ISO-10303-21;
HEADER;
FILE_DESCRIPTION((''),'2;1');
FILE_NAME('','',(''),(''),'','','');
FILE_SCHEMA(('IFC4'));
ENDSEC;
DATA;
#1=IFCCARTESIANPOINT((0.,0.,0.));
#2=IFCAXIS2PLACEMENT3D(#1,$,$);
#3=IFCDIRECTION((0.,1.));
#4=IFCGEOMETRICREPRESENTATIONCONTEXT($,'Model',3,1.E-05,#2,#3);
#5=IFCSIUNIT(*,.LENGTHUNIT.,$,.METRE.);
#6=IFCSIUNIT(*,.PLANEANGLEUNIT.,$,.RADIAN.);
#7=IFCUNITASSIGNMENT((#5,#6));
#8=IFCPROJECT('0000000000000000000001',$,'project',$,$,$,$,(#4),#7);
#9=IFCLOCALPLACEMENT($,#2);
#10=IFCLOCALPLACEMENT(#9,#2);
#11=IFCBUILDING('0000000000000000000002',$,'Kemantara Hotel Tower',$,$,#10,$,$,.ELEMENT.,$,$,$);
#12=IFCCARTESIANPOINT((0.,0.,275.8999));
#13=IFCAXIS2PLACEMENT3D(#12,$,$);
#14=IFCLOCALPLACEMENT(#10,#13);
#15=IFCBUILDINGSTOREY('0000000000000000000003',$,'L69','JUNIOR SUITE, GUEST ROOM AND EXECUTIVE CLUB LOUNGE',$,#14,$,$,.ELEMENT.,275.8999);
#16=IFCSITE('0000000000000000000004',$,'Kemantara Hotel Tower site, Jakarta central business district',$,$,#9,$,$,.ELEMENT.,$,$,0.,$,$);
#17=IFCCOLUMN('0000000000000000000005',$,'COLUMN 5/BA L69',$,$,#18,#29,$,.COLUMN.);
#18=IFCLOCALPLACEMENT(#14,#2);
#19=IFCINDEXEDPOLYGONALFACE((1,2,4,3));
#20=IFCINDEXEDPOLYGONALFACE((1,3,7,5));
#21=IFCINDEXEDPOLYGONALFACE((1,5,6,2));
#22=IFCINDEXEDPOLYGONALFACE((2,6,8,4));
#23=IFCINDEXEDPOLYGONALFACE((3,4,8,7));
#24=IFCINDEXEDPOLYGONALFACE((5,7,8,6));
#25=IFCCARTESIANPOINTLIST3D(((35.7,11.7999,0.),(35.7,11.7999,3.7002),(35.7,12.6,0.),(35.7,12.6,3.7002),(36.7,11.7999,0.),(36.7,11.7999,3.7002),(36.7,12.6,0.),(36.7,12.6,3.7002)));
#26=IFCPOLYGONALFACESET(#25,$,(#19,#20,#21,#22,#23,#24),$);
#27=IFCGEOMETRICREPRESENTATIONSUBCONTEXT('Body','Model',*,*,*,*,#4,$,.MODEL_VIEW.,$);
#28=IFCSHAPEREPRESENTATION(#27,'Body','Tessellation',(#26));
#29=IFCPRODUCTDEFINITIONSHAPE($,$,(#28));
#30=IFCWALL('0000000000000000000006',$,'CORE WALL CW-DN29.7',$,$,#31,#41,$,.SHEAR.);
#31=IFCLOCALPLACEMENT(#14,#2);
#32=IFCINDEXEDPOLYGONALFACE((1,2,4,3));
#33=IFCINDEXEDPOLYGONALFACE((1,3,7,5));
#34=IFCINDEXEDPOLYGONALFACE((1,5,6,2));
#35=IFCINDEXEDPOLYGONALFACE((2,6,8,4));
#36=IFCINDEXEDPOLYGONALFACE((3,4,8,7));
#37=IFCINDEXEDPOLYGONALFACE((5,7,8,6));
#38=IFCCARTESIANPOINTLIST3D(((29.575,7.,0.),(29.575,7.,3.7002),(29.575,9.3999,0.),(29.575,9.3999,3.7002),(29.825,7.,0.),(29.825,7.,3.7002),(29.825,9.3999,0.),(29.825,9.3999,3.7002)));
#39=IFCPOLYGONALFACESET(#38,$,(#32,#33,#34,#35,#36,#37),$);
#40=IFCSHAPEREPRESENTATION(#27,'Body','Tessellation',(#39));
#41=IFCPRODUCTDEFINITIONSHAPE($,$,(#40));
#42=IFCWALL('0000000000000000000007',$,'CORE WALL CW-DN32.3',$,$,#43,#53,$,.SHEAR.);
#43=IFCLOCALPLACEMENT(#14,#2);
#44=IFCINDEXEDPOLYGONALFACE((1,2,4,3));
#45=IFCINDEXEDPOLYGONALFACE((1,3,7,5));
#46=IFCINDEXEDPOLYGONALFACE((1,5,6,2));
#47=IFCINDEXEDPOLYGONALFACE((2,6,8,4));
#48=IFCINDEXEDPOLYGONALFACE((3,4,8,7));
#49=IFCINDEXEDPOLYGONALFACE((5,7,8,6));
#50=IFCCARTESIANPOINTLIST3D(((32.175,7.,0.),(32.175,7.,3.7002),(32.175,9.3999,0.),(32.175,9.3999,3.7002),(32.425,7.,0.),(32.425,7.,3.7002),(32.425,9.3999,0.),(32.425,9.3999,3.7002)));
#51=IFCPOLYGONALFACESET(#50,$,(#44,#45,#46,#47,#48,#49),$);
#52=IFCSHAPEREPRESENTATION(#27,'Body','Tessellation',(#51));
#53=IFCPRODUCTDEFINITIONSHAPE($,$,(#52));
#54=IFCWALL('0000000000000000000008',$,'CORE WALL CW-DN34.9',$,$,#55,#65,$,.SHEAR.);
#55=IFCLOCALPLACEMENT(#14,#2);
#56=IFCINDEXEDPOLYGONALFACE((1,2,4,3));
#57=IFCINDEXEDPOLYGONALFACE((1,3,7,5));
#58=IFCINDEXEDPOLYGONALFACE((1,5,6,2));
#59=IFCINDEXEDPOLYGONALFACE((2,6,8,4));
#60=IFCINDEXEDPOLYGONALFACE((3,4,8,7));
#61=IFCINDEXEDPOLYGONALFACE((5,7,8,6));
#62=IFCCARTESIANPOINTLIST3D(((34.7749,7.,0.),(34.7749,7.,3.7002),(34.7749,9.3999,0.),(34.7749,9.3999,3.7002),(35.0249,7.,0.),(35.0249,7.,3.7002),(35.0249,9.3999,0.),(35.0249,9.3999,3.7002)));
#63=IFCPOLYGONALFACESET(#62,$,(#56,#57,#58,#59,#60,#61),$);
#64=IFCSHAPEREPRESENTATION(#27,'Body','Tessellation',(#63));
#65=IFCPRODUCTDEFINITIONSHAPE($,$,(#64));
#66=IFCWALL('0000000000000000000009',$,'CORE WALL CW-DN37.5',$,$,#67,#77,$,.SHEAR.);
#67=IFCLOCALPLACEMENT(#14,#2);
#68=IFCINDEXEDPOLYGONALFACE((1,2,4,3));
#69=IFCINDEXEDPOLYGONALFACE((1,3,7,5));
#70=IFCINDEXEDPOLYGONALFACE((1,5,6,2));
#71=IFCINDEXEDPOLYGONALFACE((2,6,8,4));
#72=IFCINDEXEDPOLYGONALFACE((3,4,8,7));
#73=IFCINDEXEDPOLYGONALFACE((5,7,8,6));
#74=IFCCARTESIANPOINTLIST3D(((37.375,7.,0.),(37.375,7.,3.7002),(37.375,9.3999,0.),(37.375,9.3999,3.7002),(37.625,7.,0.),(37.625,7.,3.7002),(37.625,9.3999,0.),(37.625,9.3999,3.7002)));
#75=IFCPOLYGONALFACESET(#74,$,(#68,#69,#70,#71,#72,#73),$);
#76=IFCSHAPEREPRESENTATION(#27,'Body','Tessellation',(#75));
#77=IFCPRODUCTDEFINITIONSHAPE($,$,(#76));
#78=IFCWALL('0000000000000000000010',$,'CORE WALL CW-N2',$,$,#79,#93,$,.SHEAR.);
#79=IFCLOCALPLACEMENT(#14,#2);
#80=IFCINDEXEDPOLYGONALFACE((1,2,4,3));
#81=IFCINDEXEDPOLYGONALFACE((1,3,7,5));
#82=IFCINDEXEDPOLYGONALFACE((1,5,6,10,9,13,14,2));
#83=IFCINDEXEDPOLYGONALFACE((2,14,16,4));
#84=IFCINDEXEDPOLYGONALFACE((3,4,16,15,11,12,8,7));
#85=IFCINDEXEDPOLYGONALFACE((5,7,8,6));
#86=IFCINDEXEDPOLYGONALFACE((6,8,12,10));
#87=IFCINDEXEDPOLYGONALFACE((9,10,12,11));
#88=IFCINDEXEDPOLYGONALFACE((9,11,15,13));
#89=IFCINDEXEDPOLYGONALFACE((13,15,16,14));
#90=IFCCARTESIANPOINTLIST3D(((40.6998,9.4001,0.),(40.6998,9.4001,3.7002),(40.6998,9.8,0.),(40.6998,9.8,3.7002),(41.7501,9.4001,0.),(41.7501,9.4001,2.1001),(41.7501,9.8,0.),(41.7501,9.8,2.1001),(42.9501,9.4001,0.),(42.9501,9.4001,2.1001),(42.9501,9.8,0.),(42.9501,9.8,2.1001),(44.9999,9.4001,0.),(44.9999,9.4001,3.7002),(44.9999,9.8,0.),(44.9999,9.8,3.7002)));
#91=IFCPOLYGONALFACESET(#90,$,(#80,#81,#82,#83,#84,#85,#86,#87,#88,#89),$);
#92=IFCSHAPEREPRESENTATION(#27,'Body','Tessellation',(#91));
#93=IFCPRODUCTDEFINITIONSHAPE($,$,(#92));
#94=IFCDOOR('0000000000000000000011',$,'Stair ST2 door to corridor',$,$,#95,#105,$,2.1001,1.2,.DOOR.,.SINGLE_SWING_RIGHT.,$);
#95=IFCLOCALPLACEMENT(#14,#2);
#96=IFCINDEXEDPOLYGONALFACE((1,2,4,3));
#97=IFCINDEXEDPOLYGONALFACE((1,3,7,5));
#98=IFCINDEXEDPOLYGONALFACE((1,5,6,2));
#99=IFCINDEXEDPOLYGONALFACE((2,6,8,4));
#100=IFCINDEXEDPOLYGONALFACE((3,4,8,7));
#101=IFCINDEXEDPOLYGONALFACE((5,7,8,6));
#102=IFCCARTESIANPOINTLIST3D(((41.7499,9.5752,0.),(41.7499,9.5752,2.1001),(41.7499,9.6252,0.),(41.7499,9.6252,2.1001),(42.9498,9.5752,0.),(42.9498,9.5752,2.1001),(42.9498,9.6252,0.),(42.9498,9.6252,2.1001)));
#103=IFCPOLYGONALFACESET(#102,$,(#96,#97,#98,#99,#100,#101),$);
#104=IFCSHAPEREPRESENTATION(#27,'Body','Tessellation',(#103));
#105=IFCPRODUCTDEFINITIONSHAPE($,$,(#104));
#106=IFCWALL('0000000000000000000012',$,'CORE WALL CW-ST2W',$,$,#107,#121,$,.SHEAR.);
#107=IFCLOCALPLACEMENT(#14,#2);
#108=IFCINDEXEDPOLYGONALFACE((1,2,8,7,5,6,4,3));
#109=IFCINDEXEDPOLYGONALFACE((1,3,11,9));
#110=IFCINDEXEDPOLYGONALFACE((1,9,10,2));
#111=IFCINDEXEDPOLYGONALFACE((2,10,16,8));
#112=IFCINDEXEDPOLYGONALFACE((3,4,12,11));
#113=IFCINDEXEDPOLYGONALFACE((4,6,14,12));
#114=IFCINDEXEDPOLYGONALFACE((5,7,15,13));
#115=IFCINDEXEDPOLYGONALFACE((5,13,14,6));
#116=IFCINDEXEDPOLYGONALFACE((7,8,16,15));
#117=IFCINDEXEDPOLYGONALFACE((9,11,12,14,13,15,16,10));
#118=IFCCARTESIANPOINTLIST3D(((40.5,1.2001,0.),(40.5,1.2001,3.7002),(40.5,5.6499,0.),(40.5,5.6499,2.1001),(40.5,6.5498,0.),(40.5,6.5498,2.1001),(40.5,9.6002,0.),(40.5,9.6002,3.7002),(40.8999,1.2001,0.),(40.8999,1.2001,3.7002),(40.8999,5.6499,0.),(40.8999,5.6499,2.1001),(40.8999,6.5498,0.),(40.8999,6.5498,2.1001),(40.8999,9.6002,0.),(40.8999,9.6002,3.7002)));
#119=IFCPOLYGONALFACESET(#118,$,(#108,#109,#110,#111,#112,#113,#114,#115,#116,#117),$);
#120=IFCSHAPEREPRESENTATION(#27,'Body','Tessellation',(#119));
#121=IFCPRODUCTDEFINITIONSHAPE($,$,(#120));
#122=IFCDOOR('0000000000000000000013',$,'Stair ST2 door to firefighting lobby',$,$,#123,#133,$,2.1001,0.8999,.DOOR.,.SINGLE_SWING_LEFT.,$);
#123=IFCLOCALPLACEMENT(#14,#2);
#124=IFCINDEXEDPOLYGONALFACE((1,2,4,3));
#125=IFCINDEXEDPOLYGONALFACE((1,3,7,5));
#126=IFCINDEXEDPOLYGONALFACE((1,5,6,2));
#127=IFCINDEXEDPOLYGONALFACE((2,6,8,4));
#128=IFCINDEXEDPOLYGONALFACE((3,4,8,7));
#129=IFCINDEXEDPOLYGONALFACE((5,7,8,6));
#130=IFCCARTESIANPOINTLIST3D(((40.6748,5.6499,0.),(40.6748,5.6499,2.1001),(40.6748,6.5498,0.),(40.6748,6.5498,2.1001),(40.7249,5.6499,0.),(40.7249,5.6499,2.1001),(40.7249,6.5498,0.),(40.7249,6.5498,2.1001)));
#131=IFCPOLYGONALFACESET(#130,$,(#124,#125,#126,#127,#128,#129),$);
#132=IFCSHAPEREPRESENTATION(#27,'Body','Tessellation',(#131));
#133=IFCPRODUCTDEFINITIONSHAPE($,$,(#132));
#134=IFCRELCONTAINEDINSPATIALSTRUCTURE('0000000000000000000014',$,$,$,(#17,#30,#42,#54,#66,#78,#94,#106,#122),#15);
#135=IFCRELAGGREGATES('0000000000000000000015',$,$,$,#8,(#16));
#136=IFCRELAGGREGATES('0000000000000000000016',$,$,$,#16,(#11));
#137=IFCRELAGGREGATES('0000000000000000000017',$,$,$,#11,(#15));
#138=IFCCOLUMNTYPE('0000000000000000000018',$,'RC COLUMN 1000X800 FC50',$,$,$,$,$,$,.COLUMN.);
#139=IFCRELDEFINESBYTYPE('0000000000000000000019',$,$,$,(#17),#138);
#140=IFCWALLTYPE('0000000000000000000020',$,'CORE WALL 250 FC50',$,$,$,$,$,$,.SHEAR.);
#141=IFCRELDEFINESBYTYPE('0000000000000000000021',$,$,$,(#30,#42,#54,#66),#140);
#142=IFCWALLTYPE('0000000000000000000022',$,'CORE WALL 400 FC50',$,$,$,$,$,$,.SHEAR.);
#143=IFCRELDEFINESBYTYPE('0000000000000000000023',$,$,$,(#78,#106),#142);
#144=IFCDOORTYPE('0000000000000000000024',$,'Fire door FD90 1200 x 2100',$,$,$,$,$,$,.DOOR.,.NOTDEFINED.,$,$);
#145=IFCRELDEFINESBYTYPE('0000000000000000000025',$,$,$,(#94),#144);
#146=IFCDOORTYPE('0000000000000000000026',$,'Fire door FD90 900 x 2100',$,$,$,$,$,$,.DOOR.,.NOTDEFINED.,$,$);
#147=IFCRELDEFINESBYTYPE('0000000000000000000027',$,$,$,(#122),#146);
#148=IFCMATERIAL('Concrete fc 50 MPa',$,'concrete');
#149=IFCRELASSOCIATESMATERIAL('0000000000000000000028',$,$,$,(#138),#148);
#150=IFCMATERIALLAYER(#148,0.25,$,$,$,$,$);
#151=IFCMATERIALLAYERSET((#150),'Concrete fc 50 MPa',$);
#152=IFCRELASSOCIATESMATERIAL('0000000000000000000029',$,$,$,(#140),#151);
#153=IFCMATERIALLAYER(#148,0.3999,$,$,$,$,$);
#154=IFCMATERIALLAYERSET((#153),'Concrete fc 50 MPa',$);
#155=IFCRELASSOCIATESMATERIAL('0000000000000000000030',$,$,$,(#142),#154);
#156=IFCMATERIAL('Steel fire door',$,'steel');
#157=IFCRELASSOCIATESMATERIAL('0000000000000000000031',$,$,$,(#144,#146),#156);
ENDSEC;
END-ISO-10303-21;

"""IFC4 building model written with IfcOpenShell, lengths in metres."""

from ifc_helpers import new_model, si_unit, direction, frame, frame_2d, origin, origin_2d, place, context, subcontext, project, spatial, rectangle, extrude, material, layer, layer_set, material_profile, profile_set, type_object, element, fill, save


model = new_model("IFC4")

# Units and contexts
model_context = context("Model", 3, precision=1e-05, world=origin(), true_north=direction((0.0, 1.0)))
body_context = subcontext(model_context, "Body", "Model", "MODEL_VIEW")
ifc_project = project(units=[si_unit("LENGTHUNIT", "METRE"), si_unit("PLANEANGLEUNIT", "RADIAN")], contexts=[model_context])

# Site, building, storey
site_placement = place(None, origin())
site = spatial("IfcSite", under=ifc_project, at=site_placement, Name="Kemantara Hotel Tower site, Jakarta central business district", CompositionType="ELEMENT", RefElevation=0.0)
building_placement = place(site_placement, origin())
building = spatial("IfcBuilding", under=site, at=building_placement, Name="Kemantara Hotel Tower", CompositionType="ELEMENT")
storey_placement = place(building_placement, frame((0.0, 0.0, 275.8999)))
storey = spatial("IfcBuildingStorey", under=building, at=storey_placement, Name="L69", Description="JUNIOR SUITE, GUEST ROOM AND EXECUTIVE CLUB LOUNGE", CompositionType="ELEMENT", Elevation=275.8999)

# Column
ifc_material_1 = material(Name="Concrete fc 50 MPa", Category="concrete")
ifc_material_profile = material_profile(ifc_material_1, rectangle(XDim=1.0, YDim=0.8, at=origin_2d()), Name="RC 1000X800")
ifc_profile_set = profile_set([ifc_material_profile], Name="Concrete fc 50 MPa")
column_type = type_object("IfcColumnType", Name="RC COLUMN 1000X800 FC50", PredefinedType="COLUMN", material=ifc_profile_set)
column_placement = place(storey_placement, frame((36.2, 12.2, 0.0), z_axis=(0.0, 0.0, 1.0), x_axis=(1.0, 0.0, 0.0)))
element("IfcColumn", 1, at=column_placement, inside=storey, type_object=column_type, Name="COLUMN 5/BA L69", PredefinedType="COLUMN", context=body_context, shape_type="SweptSolid", body=[
    extrude(rectangle(XDim=1.0, YDim=0.8, at=origin_2d()), origin(), (0.0, 0.0, 1.0), 3.7002),
])

# Walls
ifc_layer_1 = layer(ifc_material_1, 0.25)
ifc_layer_set_1 = layer_set([ifc_layer_1], Name="Concrete fc 50 MPa")
wall_type_1 = type_object("IfcWallType", Name="CORE WALL 250 FC50", PredefinedType="SHEAR", material=ifc_layer_set_1)
for number, where, z_axis, x_axis, name in (
    (2, (29.7, 7.0, 0.0), (0.0, 0.0, 1.0), (0.0, 1.0, 0.0), "CORE WALL CW-DN29.7"),
    (3, (32.3, 7.0, 0.0), (0.0, 0.0, 1.0), (0.0, 1.0, 0.0), "CORE WALL CW-DN32.3"),
    (4, (34.8999, 7.0, 0.0), (0.0, 0.0, 1.0), (0.0, 1.0, 0.0), "CORE WALL CW-DN34.9"),
    (5, (37.5, 7.0, 0.0), (0.0, 0.0, 1.0), (0.0, 1.0, 0.0), "CORE WALL CW-DN37.5"),
):
    element("IfcWall", number, at=place(storey_placement, frame(where, z_axis=z_axis, x_axis=x_axis)), inside=storey, type_object=wall_type_1, Name=name, PredefinedType="SHEAR", context=body_context, shape_type="SweptSolid", body=[
        extrude(rectangle(XDim=2.3999, YDim=0.25, at=frame_2d((1.2, 0.0))), origin(), (0.0, 0.0, 1.0), 3.7002),
    ])

# Walls, openings, doors
ifc_layer_2 = layer(ifc_material_1, 0.3999)
ifc_layer_set_2 = layer_set([ifc_layer_2], Name="Concrete fc 50 MPa")
wall_type_2 = type_object("IfcWallType", Name="CORE WALL 400 FC50", PredefinedType="SHEAR", material=ifc_layer_set_2)
wall_1_placement = place(storey_placement, frame((40.7, 9.6001, 0.0), z_axis=(0.0, 0.0, 1.0), x_axis=(1.0, 0.0, 0.0)))
wall_1 = element("IfcWall", 6, at=wall_1_placement, inside=storey, type_object=wall_type_2, Name="CORE WALL CW-N2", PredefinedType="SHEAR", context=body_context, shape_type="SweptSolid", body=[
    extrude(rectangle(XDim=4.3, YDim=0.3999, at=frame_2d((2.1499, 0.0))), origin(), (0.0, 0.0, 1.0), 3.7002),
])
opening_1_placement = place(wall_1_placement, frame((1.05, 0.0, 0.0)))
opening_1 = element("IfcOpeningElement", 7, at=opening_1_placement, cuts=wall_1, PredefinedType="OPENING", context=body_context, shape_type="SweptSolid", body=[
    extrude(rectangle(XDim=1.2, YDim=2.1001, at=frame_2d((0.6001, 1.05))), frame((0.0, 0.21, 0.0), z_axis=(0.0, -1.0, 0.0), x_axis=(1.0, 0.0, 0.0)), (0.0, 0.0, 1.0), 0.4199),
])
ifc_material_2 = material(Name="Steel fire door", Category="steel")
door_type_1 = type_object("IfcDoorType", Name="Fire door FD90 1200 x 2100", OperationType="NOTDEFINED", PredefinedType="DOOR", material=ifc_material_2)
door_1_placement = place(opening_1_placement, frame((1.2, 0.0, 0.0), z_axis=(0.0, 0.0, 1.0), x_axis=(-1.0, 0.0, 0.0)))
door_1 = element("IfcDoor", 8, at=door_1_placement, inside=storey, type_object=door_type_1, Name="Stair ST2 door to corridor", OperationType="SINGLE_SWING_RIGHT", OverallHeight=2.1001, OverallWidth=1.2, PredefinedType="DOOR", context=body_context, shape_type="SweptSolid", body=[
    extrude(rectangle(XDim=1.2, YDim=2.1001, at=frame_2d((0.6001, 1.05))), frame((0.0, 0.0249, 0.0), z_axis=(0.0, -1.0, 0.0), x_axis=(1.0, 0.0, 0.0)), (0.0, 0.0, 1.0), 0.05),
])
fill(opening_1, door_1)
wall_2_placement = place(storey_placement, frame((40.7, 1.2, 0.0), z_axis=(0.0, 0.0, 1.0), x_axis=(0.0, 1.0, 0.0)))
wall_2 = element("IfcWall", 9, at=wall_2_placement, inside=storey, type_object=wall_type_2, Name="CORE WALL CW-ST2W", PredefinedType="SHEAR", context=body_context, shape_type="SweptSolid", body=[
    extrude(rectangle(XDim=8.4001, YDim=0.3999, at=frame_2d((4.2002, 0.0))), origin(), (0.0, 0.0, 1.0), 3.7002),
])
opening_2_placement = place(wall_2_placement, frame((4.45, 0.0, 0.0)))
opening_2 = element("IfcOpeningElement", 10, at=opening_2_placement, cuts=wall_2, PredefinedType="OPENING", context=body_context, shape_type="SweptSolid", body=[
    extrude(rectangle(XDim=0.8999, YDim=2.1001, at=frame_2d((0.45, 1.05))), frame((0.0, 0.21, 0.0), z_axis=(0.0, -1.0, 0.0), x_axis=(1.0, 0.0, 0.0)), (0.0, 0.0, 1.0), 0.4199),
])
door_type_2 = type_object("IfcDoorType", Name="Fire door FD90 900 x 2100", OperationType="NOTDEFINED", PredefinedType="DOOR", material=ifc_material_2)
door_2_placement = place(opening_2_placement, frame((0.8999, 0.0, 0.0), z_axis=(0.0, 0.0, 1.0), x_axis=(-1.0, 0.0, 0.0)))
door_2 = element("IfcDoor", 11, at=door_2_placement, inside=storey, type_object=door_type_2, Name="Stair ST2 door to firefighting lobby", OperationType="SINGLE_SWING_LEFT", OverallHeight=2.1001, OverallWidth=0.8999, PredefinedType="DOOR", context=body_context, shape_type="SweptSolid", body=[
    extrude(rectangle(XDim=0.8999, YDim=2.1001, at=frame_2d((0.45, 1.05))), frame((0.0, 0.0249, 0.0), z_axis=(0.0, -1.0, 0.0), x_axis=(1.0, 0.0, 0.0)), (0.0, 0.0, 1.0), 0.05),
])
fill(opening_2, door_2)

save(model, "model.ifc")
